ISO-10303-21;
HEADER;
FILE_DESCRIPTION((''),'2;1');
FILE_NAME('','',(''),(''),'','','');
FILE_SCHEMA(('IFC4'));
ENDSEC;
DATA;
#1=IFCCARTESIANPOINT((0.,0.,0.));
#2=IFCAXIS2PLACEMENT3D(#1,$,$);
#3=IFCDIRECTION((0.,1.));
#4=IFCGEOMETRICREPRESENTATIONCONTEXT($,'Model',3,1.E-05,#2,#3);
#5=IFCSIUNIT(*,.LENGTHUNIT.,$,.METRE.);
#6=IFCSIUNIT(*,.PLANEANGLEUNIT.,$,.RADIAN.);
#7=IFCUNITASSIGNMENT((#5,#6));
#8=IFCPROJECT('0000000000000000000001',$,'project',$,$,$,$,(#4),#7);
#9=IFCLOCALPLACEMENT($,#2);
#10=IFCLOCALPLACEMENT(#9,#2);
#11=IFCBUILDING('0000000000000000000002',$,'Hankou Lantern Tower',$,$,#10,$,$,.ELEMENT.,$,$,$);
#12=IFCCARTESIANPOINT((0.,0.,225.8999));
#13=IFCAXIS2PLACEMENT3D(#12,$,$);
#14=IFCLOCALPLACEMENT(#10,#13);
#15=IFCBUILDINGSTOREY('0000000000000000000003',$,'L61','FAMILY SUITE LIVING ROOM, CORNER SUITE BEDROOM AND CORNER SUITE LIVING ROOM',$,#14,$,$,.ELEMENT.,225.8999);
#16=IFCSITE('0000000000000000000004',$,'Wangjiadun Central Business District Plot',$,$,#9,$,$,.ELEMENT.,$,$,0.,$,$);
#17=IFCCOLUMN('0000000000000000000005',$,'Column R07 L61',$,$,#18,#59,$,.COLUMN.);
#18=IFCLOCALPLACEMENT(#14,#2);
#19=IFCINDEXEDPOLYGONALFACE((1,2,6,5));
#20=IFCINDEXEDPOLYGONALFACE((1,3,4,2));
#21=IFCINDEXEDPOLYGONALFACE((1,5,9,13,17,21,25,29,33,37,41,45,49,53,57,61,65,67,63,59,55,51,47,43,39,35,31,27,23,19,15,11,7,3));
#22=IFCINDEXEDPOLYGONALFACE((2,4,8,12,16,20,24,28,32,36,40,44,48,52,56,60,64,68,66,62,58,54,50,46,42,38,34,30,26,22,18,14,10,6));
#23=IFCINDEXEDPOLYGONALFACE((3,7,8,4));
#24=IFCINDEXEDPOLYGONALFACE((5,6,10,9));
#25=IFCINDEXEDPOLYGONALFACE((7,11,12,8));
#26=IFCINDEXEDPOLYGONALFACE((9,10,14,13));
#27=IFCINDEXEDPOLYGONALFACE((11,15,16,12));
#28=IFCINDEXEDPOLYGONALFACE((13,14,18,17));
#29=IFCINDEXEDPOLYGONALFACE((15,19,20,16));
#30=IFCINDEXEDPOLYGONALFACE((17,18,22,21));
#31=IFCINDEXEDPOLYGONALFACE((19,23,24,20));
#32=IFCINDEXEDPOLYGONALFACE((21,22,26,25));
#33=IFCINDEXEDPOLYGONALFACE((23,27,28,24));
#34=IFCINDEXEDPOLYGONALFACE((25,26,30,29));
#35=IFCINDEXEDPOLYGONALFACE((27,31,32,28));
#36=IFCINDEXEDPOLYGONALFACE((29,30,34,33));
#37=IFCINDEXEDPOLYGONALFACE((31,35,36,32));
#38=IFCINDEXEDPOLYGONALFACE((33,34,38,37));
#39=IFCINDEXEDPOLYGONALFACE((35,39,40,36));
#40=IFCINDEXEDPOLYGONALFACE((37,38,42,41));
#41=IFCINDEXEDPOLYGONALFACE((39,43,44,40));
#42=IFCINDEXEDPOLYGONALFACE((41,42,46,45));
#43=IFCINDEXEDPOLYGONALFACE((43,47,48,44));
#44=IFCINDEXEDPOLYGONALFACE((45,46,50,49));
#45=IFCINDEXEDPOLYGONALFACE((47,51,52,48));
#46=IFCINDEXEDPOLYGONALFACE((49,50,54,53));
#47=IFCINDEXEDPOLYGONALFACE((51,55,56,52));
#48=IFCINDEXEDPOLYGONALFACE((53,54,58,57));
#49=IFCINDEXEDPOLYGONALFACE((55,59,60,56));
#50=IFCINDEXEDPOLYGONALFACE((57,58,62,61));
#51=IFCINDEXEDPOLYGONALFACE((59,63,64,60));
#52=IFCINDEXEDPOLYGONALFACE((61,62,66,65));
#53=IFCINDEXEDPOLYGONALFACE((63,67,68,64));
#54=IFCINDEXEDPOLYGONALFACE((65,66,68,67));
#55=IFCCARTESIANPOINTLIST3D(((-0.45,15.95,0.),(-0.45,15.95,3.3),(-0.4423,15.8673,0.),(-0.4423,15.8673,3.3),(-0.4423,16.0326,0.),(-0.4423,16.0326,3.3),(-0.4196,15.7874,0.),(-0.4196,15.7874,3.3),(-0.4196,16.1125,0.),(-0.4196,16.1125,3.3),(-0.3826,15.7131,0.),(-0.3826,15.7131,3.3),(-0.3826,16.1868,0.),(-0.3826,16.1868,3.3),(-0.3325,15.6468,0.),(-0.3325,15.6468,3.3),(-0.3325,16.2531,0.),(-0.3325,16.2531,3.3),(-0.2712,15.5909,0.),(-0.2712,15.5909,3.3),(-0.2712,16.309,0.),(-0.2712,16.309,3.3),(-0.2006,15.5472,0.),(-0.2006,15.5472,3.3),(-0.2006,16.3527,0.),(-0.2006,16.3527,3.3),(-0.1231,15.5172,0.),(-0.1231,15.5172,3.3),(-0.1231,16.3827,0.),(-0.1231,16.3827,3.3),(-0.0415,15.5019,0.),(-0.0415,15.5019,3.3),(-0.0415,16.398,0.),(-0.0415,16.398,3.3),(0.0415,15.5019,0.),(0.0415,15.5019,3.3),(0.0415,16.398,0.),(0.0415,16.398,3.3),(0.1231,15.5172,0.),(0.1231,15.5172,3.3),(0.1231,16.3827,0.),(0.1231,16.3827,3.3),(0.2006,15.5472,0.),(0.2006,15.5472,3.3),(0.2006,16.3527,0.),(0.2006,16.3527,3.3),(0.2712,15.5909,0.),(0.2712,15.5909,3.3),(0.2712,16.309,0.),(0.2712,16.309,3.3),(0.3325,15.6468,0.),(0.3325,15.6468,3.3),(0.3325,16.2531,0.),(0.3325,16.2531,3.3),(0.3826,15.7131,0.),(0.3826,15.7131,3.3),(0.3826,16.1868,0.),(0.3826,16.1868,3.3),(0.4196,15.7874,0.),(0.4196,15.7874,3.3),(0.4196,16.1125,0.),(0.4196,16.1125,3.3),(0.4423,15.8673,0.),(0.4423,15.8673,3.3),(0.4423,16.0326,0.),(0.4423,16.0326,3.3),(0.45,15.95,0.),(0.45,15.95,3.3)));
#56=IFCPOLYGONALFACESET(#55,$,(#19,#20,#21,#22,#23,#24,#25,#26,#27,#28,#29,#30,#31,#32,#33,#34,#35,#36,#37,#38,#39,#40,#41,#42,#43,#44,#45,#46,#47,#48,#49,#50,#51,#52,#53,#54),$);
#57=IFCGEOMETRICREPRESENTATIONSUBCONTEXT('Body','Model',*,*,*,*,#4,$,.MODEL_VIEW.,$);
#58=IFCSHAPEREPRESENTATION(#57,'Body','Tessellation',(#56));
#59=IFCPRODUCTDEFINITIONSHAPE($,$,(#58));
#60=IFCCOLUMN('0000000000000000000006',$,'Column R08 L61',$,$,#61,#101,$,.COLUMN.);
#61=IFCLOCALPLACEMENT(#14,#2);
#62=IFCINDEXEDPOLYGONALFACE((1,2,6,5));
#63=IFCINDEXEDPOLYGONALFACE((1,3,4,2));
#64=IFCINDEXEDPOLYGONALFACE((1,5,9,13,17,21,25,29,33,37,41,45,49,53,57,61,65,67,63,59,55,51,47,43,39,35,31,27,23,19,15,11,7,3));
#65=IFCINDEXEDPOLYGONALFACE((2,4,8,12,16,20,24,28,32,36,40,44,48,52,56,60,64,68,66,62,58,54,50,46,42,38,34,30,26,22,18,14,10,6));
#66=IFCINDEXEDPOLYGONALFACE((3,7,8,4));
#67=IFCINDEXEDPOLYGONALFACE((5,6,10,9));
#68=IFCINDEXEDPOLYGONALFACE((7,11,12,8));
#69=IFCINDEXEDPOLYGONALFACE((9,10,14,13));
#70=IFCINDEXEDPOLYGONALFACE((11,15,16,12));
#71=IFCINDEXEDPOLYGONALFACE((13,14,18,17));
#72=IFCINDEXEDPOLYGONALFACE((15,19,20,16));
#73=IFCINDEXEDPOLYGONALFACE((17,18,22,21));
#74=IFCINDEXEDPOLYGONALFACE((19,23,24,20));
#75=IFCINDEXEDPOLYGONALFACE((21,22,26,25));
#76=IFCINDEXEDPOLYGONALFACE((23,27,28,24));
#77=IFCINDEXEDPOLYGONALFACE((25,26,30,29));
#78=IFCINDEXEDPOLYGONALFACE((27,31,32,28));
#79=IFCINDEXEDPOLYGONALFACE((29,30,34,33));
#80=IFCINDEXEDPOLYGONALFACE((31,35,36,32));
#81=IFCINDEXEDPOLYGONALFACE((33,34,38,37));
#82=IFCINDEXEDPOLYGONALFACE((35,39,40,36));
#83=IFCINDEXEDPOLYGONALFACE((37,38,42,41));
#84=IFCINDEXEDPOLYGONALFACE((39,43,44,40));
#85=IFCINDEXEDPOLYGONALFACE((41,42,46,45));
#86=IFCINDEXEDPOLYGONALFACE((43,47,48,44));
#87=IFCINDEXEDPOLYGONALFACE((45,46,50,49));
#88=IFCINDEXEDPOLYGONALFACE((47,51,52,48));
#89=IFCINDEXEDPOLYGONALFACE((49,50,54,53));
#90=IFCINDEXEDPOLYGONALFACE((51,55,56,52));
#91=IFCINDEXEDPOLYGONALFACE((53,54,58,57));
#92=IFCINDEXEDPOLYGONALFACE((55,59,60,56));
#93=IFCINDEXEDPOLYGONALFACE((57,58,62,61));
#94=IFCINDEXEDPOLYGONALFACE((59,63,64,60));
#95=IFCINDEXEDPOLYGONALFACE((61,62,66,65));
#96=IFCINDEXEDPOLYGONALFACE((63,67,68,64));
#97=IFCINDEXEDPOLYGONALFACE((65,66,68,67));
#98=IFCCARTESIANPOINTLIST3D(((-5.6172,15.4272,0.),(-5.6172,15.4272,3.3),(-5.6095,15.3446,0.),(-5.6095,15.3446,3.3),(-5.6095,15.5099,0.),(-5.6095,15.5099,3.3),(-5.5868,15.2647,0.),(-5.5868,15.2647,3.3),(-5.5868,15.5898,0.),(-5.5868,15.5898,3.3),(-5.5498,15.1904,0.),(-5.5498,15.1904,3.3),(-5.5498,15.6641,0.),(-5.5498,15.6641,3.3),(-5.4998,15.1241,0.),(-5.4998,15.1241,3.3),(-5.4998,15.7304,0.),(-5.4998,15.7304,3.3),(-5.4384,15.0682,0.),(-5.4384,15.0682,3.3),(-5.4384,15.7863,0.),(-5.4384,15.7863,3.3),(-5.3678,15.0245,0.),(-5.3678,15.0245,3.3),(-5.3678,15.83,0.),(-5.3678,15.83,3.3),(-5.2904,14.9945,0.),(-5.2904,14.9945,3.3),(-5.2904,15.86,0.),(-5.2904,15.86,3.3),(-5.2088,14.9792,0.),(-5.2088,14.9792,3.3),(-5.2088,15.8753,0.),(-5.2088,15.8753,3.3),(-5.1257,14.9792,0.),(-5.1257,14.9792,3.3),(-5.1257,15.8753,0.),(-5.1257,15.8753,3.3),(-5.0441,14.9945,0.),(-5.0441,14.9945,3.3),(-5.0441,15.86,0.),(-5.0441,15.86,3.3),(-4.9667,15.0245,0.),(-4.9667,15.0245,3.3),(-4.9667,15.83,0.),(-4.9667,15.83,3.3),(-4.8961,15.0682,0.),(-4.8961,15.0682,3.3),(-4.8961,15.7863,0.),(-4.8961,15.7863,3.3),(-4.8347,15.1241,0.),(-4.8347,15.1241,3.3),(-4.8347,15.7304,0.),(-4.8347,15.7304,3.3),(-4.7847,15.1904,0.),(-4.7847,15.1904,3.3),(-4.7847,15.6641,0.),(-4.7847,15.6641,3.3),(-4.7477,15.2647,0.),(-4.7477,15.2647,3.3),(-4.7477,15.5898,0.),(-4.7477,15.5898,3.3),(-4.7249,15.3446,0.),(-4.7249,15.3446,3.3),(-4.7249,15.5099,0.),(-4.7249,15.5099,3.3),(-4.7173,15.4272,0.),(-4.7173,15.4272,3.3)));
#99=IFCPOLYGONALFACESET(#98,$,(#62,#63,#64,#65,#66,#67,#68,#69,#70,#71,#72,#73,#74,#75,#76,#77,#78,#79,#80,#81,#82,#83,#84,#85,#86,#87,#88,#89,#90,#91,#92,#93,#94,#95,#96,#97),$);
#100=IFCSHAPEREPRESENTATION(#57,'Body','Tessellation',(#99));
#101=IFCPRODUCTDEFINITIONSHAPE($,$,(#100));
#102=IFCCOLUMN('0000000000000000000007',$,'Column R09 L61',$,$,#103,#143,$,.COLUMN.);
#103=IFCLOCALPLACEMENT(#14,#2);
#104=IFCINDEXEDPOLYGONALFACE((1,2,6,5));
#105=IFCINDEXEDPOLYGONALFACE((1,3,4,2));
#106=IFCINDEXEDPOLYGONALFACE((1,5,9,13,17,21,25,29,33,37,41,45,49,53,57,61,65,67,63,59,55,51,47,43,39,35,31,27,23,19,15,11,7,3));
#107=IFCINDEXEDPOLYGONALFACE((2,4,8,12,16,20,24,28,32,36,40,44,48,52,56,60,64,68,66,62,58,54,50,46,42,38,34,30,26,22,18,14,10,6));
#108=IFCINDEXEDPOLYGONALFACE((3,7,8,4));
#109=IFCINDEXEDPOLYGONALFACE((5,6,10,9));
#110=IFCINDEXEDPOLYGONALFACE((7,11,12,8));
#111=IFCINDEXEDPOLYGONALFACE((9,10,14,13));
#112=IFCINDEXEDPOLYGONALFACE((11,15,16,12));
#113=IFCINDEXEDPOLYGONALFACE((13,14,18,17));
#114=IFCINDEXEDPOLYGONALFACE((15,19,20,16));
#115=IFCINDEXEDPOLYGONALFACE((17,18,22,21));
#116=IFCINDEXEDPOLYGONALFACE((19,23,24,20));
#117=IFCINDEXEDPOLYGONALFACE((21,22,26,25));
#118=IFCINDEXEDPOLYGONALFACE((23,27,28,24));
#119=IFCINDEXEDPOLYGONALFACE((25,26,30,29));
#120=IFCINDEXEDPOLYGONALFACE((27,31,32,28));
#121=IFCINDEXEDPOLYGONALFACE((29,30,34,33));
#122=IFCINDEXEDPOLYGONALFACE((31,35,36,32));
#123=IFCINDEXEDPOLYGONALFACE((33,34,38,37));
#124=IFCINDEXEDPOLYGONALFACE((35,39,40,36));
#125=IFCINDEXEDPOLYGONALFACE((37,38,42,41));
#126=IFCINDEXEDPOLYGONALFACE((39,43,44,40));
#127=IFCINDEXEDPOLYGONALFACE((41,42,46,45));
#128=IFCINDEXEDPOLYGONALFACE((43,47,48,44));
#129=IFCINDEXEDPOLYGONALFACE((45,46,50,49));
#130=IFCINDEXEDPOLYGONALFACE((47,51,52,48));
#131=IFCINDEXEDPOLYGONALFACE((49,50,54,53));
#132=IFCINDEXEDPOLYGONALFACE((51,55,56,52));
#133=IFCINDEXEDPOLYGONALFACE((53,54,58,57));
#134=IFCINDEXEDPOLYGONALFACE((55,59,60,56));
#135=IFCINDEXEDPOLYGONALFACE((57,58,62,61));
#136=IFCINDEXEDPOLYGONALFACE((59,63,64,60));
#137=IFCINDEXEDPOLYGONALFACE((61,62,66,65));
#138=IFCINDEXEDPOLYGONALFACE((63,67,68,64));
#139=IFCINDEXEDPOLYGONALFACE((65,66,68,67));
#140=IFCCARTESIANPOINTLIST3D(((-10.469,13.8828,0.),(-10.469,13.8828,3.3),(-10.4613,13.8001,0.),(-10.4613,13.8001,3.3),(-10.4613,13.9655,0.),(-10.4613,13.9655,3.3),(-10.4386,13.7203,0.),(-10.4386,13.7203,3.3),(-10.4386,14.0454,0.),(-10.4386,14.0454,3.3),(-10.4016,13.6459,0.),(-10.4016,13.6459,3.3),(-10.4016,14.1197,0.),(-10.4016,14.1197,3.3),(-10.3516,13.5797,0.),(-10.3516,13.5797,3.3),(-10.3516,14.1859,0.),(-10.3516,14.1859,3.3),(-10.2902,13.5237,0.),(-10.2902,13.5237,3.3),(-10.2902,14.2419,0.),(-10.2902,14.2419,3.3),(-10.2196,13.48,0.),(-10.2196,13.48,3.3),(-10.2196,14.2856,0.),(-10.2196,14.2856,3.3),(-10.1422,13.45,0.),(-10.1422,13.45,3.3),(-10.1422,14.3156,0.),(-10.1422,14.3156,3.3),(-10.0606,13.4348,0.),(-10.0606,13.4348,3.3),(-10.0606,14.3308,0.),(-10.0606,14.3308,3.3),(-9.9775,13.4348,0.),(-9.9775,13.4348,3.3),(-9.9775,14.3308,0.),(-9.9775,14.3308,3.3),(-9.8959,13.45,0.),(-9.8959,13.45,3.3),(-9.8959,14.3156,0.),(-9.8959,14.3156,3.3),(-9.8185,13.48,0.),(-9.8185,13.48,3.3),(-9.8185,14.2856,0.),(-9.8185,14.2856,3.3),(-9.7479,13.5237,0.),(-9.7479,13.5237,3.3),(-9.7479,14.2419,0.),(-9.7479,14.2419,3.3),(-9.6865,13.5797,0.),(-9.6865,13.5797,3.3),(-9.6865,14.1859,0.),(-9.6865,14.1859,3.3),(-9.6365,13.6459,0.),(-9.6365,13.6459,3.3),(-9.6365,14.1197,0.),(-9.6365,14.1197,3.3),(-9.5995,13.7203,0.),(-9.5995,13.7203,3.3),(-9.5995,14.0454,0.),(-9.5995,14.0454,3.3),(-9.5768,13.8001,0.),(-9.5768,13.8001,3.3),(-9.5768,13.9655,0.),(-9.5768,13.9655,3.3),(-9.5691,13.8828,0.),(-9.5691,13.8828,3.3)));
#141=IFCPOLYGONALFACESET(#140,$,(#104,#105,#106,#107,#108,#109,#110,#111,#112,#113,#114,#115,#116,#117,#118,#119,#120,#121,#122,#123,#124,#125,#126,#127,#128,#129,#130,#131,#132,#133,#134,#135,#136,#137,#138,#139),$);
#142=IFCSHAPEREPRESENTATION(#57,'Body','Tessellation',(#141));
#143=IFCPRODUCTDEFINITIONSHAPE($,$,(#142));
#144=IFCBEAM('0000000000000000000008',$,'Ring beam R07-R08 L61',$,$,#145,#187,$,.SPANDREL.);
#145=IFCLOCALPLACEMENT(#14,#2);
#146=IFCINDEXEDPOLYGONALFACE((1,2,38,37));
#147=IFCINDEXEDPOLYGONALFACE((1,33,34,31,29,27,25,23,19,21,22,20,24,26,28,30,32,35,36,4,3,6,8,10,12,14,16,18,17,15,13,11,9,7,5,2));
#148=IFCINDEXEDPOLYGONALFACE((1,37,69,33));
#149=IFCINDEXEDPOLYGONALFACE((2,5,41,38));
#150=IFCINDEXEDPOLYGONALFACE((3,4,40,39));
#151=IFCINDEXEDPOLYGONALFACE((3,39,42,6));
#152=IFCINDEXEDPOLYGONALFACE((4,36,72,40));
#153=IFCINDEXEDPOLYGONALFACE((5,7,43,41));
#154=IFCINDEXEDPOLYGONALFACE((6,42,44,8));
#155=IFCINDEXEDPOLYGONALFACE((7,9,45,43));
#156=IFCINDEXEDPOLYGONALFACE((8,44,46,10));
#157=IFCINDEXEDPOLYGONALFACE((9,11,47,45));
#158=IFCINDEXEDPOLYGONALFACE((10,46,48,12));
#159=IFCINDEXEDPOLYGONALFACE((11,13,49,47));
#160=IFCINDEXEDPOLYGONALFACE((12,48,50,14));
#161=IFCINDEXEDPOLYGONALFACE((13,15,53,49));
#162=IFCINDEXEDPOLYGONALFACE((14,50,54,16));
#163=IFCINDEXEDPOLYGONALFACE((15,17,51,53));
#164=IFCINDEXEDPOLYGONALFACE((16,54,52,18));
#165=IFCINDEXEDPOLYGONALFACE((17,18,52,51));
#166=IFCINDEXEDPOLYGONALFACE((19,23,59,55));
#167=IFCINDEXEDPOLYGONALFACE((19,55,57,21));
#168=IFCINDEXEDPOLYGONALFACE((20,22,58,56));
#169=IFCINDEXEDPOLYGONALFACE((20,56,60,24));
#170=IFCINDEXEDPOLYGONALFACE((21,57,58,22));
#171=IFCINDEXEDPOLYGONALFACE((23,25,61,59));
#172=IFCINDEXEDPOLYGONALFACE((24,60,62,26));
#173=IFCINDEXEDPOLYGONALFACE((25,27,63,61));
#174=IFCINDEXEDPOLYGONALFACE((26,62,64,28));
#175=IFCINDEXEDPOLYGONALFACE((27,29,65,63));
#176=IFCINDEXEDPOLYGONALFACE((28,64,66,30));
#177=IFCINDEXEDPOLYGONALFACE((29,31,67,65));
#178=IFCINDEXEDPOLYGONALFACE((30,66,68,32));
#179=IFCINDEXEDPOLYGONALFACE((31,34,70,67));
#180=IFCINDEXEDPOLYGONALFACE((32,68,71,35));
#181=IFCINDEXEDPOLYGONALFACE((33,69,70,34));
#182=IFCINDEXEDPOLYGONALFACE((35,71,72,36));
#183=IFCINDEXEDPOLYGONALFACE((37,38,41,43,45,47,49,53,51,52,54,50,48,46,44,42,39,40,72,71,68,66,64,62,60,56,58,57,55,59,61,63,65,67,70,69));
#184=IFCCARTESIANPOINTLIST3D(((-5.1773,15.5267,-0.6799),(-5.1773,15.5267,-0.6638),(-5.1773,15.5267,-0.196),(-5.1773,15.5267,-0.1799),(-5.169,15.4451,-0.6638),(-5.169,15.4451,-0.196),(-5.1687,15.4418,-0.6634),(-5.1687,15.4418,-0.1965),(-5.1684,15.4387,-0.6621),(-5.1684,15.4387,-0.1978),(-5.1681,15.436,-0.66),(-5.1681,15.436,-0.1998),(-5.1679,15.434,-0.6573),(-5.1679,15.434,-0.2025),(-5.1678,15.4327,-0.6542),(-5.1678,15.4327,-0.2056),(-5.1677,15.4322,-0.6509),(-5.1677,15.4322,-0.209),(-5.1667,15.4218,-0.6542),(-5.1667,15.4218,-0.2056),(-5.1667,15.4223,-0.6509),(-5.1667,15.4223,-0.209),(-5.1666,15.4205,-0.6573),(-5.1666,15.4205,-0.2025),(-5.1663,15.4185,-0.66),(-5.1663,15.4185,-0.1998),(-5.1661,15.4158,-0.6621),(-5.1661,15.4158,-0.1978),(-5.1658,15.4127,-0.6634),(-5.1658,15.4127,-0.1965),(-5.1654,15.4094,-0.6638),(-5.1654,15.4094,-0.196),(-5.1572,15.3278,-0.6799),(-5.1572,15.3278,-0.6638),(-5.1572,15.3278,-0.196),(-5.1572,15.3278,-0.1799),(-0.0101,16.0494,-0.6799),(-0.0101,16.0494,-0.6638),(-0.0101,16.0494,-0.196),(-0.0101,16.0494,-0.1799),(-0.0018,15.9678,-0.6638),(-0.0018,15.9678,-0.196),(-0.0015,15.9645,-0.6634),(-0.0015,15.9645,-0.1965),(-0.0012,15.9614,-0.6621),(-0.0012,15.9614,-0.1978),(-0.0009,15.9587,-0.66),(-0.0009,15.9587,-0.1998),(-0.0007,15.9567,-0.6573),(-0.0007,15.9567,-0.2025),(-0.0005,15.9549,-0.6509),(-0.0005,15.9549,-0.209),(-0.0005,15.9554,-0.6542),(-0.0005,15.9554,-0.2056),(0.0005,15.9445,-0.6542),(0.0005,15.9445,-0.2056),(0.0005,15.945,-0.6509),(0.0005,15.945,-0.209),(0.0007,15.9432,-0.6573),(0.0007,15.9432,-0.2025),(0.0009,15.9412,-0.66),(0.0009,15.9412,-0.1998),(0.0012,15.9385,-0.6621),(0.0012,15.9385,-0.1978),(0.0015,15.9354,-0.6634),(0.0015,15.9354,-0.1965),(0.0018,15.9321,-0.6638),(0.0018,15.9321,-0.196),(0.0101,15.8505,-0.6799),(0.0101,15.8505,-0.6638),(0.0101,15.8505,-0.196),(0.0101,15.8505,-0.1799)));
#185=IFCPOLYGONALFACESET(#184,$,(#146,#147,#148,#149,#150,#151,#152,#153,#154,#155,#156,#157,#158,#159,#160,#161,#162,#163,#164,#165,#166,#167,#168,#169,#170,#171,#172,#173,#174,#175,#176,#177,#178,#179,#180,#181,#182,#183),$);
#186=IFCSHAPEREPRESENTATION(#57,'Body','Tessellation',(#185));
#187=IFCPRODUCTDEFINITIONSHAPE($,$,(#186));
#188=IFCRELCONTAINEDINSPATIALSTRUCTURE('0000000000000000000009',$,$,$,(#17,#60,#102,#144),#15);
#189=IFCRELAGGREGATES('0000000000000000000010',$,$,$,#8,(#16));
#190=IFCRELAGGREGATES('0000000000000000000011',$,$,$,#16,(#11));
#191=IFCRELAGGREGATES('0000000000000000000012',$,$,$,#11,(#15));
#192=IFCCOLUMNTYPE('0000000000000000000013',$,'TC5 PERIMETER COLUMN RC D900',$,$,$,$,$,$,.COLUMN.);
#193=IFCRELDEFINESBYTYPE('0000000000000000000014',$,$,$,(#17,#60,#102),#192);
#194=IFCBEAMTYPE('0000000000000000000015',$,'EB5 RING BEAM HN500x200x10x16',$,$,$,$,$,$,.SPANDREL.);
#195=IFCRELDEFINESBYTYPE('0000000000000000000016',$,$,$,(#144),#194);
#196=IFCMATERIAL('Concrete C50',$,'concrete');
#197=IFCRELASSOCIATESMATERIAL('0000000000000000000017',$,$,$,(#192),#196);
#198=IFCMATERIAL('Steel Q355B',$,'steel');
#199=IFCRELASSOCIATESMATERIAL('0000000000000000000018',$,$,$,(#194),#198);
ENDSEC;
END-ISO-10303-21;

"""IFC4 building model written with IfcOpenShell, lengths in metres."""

from ifc_helpers import new_model, si_unit, direction, frame, origin, origin_2d, place, context, subcontext, project, spatial, circle, i_section, extrude, material, material_profile, profile_set, type_object, element, save


model = new_model("IFC4")

# Units and contexts
model_context = context("Model", 3, precision=1e-05, world=origin(), true_north=direction((0.0, 1.0)))
body_context = subcontext(model_context, "Body", "Model", "MODEL_VIEW")
ifc_project = project(units=[si_unit("LENGTHUNIT", "METRE"), si_unit("PLANEANGLEUNIT", "RADIAN")], contexts=[model_context])

# Site, building, storey
site_placement = place(None, origin())
site = spatial("IfcSite", under=ifc_project, at=site_placement, Name="Wangjiadun Central Business District Plot", CompositionType="ELEMENT", RefElevation=0.0)
building_placement = place(site_placement, origin())
building = spatial("IfcBuilding", under=site, at=building_placement, Name="Hankou Lantern Tower", CompositionType="ELEMENT")
storey_placement = place(building_placement, frame((0.0, 0.0, 225.8999)))
storey = spatial("IfcBuildingStorey", under=building, at=storey_placement, Name="L61", Description="FAMILY SUITE LIVING ROOM, CORNER SUITE BEDROOM AND CORNER SUITE LIVING ROOM", CompositionType="ELEMENT", Elevation=225.8999)

# Columns
ifc_material_1 = material(Name="Concrete C50", Category="concrete")
ifc_material_profile_1 = material_profile(ifc_material_1, circle(Radius=0.45, at=origin_2d()), Name="RC D900")
ifc_profile_set_1 = profile_set([ifc_material_profile_1], Name="Concrete C50")
column_type = type_object("IfcColumnType", Name="TC5 PERIMETER COLUMN RC D900", PredefinedType="COLUMN", material=ifc_profile_set_1)
for number, where, z_axis, x_axis, name in (
    (1, (0.0, 15.95, 0.0), (0.0, 0.0, 1.0), (1.0, 0.0, 0.0), "Column R07 L61"),
    (2, (-5.1672, 15.4272, 0.0), (0.0, 0.0, 1.0), (1.0, 0.0, 0.0), "Column R08 L61"),
    (3, (-10.019, 13.8828, 0.0), (0.0, 0.0, 1.0), (1.0, 0.0, 0.0), "Column R09 L61"),
):
    element("IfcColumn", number, at=place(storey_placement, frame(where, z_axis=z_axis, x_axis=x_axis)), inside=storey, type_object=column_type, Name=name, PredefinedType="COLUMN", context=body_context, shape_type="SweptSolid", body=[
        extrude(circle(Radius=0.45, at=origin_2d()), origin(), (0.0, 0.0, 1.0), 3.3),
    ])

# Beam
ifc_material_2 = material(Name="Steel Q355B", Category="steel")
ifc_material_profile_2 = material_profile(ifc_material_2, i_section(OverallWidth=0.2, OverallDepth=0.5, WebThickness=0.01, FlangeThickness=0.0161, FilletRadius=0.0129, at=origin_2d()), Name="HN500x200x10x16")
ifc_profile_set_2 = profile_set([ifc_material_profile_2], Name="Steel Q355B")
beam_type_1 = type_object("IfcBeamType", Name="EB5 RING BEAM HN500x200x10x16", PredefinedType="SPANDREL", material=ifc_profile_set_2)
beam_1_placement = place(storey_placement, frame((0.0, 15.95, -0.4299), z_axis=(-0.994923, -0.100644, 0.0), x_axis=(0.100644, -0.994923, 0.0)))
element("IfcBeam", 4, at=beam_1_placement, inside=storey, type_object=beam_type_1, Name="Ring beam R07-R08 L61", PredefinedType="SPANDREL", context=body_context, shape_type="SweptSolid", body=[
    extrude(i_section(OverallWidth=0.2, OverallDepth=0.5, WebThickness=0.01, FlangeThickness=0.0161, FilletRadius=0.0129, at=origin_2d()), origin(), (0.0, 0.0, 1.0), 5.1936),
])

save(model, "model.ifc")
